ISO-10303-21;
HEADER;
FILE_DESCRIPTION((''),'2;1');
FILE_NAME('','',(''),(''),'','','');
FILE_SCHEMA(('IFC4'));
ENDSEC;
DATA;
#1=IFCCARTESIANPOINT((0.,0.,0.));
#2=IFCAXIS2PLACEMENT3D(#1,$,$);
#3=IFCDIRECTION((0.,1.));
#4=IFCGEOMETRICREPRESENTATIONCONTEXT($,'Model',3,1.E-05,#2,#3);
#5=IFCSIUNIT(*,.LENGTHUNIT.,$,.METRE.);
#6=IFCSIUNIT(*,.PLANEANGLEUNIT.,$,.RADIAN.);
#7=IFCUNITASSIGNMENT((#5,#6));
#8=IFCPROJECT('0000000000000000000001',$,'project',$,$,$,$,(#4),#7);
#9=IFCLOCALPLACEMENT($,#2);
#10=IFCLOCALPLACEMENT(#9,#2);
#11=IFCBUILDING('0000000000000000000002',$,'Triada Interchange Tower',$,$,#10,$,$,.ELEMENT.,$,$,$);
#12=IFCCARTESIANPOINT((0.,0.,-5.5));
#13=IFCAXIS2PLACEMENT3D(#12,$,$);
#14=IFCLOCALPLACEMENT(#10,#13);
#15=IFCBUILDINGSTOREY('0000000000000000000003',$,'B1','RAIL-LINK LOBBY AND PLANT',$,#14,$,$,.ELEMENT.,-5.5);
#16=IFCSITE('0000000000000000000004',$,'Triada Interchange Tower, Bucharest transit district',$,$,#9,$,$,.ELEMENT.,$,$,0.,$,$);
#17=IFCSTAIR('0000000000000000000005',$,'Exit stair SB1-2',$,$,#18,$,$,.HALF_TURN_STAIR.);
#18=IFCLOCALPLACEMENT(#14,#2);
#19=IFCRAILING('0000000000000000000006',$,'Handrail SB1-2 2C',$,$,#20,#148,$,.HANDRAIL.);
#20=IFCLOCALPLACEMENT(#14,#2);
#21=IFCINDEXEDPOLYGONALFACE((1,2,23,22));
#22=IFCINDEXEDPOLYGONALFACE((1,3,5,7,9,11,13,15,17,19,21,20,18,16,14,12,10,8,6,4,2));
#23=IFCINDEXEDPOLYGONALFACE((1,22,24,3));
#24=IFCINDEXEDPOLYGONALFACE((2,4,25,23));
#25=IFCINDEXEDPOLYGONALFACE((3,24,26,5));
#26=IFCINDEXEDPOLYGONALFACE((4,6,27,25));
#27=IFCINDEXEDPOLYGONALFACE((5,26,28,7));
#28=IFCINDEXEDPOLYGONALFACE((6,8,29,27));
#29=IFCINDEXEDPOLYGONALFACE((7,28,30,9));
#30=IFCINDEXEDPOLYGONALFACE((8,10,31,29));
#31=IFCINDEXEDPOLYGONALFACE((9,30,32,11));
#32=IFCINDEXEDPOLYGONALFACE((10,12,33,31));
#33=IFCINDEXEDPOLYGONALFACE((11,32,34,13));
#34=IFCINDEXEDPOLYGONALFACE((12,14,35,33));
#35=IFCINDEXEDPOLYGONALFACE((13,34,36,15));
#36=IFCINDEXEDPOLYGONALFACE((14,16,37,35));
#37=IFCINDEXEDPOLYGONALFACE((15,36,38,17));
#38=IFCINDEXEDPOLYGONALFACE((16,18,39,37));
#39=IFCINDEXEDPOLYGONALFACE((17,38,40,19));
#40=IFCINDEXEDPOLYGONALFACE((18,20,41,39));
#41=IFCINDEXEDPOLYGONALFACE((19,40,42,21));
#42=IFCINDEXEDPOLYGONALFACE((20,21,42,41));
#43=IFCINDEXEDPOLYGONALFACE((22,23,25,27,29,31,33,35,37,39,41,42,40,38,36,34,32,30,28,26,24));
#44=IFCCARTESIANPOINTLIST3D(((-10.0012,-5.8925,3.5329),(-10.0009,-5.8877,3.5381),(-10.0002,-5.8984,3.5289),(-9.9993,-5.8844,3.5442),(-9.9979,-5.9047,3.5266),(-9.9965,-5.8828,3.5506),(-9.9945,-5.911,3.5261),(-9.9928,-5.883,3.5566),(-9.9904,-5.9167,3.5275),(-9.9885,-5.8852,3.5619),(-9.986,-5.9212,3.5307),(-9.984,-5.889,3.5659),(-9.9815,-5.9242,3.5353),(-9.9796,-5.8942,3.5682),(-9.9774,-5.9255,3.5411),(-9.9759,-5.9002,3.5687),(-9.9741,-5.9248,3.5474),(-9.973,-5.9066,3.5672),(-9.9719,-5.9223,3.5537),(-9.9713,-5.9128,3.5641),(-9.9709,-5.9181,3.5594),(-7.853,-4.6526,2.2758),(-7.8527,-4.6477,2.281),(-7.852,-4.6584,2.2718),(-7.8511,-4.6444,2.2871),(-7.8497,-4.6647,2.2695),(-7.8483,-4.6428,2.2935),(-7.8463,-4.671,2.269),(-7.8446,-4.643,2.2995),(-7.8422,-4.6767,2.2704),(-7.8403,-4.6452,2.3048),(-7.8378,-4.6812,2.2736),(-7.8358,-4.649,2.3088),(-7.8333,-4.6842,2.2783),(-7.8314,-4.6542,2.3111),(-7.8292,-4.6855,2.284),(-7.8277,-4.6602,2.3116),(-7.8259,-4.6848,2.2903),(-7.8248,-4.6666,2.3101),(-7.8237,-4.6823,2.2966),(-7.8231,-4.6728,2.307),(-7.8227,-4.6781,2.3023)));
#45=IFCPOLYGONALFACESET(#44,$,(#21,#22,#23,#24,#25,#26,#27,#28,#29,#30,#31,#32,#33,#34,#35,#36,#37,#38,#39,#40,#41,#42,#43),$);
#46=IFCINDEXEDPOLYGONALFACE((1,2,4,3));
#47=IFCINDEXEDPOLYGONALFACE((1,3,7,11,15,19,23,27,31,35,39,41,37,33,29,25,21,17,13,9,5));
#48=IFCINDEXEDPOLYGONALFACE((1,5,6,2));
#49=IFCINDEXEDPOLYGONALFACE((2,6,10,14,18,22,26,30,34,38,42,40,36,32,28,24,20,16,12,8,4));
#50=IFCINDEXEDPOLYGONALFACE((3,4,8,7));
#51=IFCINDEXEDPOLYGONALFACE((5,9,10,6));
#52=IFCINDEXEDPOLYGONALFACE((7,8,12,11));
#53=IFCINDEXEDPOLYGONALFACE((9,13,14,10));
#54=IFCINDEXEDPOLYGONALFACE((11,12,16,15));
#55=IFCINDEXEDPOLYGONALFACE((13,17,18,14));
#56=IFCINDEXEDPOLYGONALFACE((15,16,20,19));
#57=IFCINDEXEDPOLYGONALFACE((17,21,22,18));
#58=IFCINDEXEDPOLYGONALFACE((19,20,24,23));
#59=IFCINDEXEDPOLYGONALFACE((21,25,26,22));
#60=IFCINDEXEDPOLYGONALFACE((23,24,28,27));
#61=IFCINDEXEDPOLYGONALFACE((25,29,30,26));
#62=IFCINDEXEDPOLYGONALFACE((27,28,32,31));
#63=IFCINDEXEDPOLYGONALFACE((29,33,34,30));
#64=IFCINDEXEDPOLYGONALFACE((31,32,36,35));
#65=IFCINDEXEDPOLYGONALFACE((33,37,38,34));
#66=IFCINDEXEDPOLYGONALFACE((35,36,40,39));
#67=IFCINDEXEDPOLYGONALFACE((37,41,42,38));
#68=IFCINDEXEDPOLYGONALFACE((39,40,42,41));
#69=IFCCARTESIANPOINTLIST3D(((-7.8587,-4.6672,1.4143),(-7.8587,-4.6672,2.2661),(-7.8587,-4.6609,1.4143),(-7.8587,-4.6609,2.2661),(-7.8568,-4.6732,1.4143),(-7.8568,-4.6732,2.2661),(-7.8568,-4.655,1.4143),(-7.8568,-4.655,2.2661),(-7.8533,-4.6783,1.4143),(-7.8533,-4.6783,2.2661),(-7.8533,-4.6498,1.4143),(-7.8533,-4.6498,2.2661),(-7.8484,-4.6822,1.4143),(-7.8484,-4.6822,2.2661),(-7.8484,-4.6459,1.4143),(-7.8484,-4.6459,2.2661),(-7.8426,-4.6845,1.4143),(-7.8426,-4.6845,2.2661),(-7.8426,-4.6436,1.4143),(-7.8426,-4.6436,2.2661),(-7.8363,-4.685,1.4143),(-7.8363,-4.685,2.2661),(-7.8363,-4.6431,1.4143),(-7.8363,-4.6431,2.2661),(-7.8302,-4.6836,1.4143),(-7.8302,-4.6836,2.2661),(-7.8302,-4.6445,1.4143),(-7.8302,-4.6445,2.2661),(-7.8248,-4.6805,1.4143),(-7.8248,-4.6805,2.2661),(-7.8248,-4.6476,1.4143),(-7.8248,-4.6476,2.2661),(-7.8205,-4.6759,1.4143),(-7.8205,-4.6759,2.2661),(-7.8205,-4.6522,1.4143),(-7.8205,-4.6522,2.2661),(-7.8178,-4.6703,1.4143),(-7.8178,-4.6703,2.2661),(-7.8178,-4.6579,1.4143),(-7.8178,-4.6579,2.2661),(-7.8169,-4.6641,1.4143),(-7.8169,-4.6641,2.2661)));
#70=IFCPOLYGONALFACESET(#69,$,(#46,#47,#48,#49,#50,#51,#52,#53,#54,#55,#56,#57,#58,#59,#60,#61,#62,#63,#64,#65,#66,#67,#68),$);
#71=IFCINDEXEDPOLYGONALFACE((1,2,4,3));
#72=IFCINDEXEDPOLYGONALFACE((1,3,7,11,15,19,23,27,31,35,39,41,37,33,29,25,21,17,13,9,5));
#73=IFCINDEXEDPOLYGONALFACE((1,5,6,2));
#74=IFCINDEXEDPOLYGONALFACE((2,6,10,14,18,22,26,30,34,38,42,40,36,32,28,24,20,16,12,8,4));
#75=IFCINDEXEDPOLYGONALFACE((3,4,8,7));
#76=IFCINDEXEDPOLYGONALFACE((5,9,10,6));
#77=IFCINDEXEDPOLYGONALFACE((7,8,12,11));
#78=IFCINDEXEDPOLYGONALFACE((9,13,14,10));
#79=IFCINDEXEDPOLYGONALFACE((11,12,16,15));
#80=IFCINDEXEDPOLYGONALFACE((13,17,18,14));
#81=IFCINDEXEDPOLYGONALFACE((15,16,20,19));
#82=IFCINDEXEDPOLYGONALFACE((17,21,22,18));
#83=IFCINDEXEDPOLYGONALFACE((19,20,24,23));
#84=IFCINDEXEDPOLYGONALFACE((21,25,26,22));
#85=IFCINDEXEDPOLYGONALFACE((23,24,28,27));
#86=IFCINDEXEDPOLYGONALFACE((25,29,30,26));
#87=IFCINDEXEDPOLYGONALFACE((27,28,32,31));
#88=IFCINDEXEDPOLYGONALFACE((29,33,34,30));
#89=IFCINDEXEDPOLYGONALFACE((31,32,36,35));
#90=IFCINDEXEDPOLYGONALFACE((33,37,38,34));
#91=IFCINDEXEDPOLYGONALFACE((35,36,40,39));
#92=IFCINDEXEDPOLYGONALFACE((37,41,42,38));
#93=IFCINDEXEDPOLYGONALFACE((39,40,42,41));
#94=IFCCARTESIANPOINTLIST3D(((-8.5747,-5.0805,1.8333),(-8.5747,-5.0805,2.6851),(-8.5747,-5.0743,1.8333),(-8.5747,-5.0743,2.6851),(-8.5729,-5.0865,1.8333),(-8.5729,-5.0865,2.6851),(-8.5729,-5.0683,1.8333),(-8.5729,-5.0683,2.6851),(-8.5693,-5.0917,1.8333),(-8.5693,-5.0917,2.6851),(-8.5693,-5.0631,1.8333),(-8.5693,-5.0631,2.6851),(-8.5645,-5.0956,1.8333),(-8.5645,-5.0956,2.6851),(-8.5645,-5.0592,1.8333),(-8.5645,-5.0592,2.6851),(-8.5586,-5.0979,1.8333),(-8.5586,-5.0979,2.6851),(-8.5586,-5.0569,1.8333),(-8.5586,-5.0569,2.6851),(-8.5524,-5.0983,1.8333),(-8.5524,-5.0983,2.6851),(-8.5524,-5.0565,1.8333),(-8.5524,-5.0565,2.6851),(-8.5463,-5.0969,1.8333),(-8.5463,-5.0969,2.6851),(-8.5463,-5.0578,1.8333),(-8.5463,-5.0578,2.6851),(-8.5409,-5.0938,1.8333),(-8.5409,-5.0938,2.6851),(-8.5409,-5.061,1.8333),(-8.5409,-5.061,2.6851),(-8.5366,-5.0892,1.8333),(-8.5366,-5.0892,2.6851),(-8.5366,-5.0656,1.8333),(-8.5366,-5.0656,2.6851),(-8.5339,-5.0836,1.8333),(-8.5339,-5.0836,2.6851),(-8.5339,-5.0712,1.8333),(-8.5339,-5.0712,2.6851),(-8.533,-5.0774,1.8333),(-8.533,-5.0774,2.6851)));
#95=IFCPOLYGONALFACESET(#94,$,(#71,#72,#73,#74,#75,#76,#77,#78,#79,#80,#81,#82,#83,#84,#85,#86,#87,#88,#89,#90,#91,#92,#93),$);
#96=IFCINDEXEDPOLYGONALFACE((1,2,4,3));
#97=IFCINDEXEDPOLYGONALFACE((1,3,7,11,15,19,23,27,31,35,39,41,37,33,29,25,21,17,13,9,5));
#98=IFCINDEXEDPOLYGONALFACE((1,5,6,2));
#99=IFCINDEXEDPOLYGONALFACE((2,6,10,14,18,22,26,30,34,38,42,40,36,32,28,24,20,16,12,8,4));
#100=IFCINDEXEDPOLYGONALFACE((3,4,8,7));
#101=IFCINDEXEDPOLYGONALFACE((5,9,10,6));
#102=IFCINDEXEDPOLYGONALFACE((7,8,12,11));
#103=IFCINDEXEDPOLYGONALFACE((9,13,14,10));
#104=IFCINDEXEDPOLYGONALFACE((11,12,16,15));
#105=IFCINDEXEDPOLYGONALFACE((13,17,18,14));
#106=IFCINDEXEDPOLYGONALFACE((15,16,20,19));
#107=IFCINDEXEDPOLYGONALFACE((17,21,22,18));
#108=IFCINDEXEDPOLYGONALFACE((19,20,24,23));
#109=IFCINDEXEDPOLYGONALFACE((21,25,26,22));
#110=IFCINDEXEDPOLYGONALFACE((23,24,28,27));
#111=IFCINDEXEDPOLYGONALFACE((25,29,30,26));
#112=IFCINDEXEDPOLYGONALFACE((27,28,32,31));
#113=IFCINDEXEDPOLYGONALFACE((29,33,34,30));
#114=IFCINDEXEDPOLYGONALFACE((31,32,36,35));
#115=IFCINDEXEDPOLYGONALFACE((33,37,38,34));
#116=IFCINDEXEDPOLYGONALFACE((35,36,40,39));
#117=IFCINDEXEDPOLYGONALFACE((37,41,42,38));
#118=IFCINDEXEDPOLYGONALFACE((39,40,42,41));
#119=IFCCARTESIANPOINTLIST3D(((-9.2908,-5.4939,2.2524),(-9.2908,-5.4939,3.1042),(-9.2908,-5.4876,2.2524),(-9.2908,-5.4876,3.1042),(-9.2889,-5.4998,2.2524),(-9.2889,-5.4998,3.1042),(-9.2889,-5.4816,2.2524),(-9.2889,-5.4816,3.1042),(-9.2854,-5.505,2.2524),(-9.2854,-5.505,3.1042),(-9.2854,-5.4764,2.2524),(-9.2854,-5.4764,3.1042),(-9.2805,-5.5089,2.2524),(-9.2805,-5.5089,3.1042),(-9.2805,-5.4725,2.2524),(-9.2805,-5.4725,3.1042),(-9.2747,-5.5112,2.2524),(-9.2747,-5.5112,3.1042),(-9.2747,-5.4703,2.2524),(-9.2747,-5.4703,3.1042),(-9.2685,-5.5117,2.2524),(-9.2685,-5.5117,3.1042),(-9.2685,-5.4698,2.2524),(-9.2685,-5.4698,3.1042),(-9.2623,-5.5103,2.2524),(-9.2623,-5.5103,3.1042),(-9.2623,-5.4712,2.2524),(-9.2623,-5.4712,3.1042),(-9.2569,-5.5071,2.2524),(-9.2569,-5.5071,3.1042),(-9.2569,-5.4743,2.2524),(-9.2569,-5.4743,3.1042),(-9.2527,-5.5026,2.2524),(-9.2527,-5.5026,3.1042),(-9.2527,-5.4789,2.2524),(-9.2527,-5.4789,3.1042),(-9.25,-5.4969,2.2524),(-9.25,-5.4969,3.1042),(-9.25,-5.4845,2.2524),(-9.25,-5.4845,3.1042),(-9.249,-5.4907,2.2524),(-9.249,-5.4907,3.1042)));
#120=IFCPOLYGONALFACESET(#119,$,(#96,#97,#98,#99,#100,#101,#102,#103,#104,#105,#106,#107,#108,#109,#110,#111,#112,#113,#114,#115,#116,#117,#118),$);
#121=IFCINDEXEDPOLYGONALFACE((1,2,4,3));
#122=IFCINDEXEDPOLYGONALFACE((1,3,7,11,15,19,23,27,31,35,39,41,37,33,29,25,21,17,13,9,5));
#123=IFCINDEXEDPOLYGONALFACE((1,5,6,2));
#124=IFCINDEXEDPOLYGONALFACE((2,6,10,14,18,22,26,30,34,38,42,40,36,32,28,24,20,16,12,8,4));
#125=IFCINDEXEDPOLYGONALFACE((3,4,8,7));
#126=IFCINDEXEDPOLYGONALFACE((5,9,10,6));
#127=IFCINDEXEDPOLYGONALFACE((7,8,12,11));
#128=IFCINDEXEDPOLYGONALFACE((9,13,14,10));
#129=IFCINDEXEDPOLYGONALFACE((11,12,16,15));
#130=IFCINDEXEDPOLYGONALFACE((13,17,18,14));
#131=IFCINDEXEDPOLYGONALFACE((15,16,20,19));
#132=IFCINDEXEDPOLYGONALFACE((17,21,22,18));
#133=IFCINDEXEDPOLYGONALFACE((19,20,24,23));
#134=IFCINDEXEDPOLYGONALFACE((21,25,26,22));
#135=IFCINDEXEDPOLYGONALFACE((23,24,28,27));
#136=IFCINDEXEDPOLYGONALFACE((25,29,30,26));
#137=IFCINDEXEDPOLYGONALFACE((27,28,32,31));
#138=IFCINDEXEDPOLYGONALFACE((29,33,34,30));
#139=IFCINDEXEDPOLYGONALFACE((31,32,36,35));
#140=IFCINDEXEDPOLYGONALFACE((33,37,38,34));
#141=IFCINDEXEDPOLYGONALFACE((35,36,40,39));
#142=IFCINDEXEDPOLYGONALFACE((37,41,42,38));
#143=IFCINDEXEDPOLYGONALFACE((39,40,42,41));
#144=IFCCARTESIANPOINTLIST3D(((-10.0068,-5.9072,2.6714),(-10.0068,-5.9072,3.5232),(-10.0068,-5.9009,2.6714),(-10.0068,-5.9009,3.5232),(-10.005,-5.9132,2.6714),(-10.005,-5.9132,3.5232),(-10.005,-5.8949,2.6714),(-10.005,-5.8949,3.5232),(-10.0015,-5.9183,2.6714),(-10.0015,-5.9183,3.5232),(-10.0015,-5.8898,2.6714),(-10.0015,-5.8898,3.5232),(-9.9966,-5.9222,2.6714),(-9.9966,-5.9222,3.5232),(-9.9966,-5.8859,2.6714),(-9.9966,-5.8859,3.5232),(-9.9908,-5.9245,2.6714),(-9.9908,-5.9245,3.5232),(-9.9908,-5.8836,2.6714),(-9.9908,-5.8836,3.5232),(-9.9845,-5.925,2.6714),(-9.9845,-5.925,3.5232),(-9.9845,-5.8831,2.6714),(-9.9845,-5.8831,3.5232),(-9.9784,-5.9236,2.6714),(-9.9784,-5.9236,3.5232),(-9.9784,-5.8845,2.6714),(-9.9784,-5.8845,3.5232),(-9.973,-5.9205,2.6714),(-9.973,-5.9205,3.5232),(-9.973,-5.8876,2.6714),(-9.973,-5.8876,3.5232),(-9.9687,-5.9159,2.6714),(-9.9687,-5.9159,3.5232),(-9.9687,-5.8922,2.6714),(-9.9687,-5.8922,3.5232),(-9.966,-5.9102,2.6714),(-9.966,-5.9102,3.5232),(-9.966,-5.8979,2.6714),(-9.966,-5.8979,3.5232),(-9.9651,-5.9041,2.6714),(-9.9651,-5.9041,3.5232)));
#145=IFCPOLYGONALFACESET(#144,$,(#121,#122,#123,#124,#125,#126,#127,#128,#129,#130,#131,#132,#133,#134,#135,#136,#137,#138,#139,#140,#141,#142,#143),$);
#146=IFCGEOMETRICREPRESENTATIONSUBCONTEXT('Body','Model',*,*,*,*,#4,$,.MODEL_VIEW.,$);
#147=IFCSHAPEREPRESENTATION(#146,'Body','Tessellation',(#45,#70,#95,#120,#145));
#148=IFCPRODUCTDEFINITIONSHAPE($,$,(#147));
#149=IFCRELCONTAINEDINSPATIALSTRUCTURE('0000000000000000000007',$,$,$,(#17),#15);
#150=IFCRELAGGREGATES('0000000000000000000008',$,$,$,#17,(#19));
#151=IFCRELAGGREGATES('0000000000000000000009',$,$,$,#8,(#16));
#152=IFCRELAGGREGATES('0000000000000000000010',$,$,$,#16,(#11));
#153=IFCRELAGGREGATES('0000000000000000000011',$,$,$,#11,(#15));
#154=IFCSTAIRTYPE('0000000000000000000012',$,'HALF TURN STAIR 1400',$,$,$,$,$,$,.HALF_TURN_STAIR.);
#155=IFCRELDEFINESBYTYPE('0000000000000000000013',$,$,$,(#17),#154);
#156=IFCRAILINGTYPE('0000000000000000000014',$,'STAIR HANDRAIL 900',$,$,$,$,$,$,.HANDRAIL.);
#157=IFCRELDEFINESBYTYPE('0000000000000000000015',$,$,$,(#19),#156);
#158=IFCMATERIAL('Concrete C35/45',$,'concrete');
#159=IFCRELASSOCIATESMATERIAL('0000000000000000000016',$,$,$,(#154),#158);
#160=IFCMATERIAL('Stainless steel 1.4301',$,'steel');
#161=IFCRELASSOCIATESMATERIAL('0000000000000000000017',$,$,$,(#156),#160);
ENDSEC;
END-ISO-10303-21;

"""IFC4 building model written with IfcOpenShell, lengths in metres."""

from ifc_helpers import new_model, si_unit, direction, frame, origin, origin_2d, place, context, subcontext, project, spatial, circle, extrude, material, type_object, element, aggregate, save


model = new_model("IFC4")

# Units and contexts
model_context = context("Model", 3, precision=1e-05, world=origin(), true_north=direction((0.0, 1.0)))
body_context = subcontext(model_context, "Body", "Model", "MODEL_VIEW")
ifc_project = project(units=[si_unit("LENGTHUNIT", "METRE"), si_unit("PLANEANGLEUNIT", "RADIAN")], contexts=[model_context])

# Site, building, storey
site_placement = place(None, origin())
site = spatial("IfcSite", under=ifc_project, at=site_placement, Name="Triada Interchange Tower, Bucharest transit district", CompositionType="ELEMENT", RefElevation=0.0)
building_placement = place(site_placement, origin())
building = spatial("IfcBuilding", under=site, at=building_placement, Name="Triada Interchange Tower", CompositionType="ELEMENT")
storey_placement = place(building_placement, frame((0.0, 0.0, -5.5)))
storey = spatial("IfcBuildingStorey", under=building, at=storey_placement, Name="B1", Description="RAIL-LINK LOBBY AND PLANT", CompositionType="ELEMENT", Elevation=-5.5)

# Shared definitions
ifc_material_1 = material(Name="Concrete C35/45", Category="concrete")

# Stair, railing
stair_type = type_object("IfcStairType", Name="HALF TURN STAIR 1400", PredefinedType="HALF_TURN_STAIR", material=ifc_material_1)
stair_placement = place(storey_placement, origin())
stair = element("IfcStair", 1, at=stair_placement, inside=storey, type_object=stair_type, Name="Exit stair SB1-2", PredefinedType="HALF_TURN_STAIR")
ifc_material_2 = material(Name="Stainless steel 1.4301", Category="steel")
railing_type_1 = type_object("IfcRailingType", Name="STAIR HANDRAIL 900", PredefinedType="HANDRAIL", material=ifc_material_2)
railing_1_placement = place(storey_placement, frame((-7.8379, -4.6641, 1.4143)))
railing_1 = element("IfcRailing", 2, at=railing_1_placement, type_object=railing_type_1, Name="Handrail SB1-2 2C", PredefinedType="HANDRAIL", context=body_context, shape_type="SweptSolid", body=[
    extrude(circle(Radius=0.0239, at=origin_2d()), frame((0.0, 0.0, 0.876), z_axis=(-0.772523, -0.44592, 0.452065), x_axis=(0.499918, -0.866072, 0.0)), (0.0, 0.0, 1.0), 2.7808),
    extrude(circle(Radius=0.021, at=origin_2d()), origin(), (0.0, 0.0, 1.0), 0.8518),
    extrude(circle(Radius=0.021, at=origin_2d()), frame((-0.7161, -0.4133, 0.4189)), (0.0, 0.0, 1.0), 0.8518),
    extrude(circle(Radius=0.021, at=origin_2d()), frame((-1.4321, -0.8267, 0.8381)), (0.0, 0.0, 1.0), 0.8518),
    extrude(circle(Radius=0.021, at=origin_2d()), frame((-2.1482, -1.24, 1.2571)), (0.0, 0.0, 1.0), 0.8518),
])
aggregate(stair, [railing_1])

save(model, "model.ifc")
